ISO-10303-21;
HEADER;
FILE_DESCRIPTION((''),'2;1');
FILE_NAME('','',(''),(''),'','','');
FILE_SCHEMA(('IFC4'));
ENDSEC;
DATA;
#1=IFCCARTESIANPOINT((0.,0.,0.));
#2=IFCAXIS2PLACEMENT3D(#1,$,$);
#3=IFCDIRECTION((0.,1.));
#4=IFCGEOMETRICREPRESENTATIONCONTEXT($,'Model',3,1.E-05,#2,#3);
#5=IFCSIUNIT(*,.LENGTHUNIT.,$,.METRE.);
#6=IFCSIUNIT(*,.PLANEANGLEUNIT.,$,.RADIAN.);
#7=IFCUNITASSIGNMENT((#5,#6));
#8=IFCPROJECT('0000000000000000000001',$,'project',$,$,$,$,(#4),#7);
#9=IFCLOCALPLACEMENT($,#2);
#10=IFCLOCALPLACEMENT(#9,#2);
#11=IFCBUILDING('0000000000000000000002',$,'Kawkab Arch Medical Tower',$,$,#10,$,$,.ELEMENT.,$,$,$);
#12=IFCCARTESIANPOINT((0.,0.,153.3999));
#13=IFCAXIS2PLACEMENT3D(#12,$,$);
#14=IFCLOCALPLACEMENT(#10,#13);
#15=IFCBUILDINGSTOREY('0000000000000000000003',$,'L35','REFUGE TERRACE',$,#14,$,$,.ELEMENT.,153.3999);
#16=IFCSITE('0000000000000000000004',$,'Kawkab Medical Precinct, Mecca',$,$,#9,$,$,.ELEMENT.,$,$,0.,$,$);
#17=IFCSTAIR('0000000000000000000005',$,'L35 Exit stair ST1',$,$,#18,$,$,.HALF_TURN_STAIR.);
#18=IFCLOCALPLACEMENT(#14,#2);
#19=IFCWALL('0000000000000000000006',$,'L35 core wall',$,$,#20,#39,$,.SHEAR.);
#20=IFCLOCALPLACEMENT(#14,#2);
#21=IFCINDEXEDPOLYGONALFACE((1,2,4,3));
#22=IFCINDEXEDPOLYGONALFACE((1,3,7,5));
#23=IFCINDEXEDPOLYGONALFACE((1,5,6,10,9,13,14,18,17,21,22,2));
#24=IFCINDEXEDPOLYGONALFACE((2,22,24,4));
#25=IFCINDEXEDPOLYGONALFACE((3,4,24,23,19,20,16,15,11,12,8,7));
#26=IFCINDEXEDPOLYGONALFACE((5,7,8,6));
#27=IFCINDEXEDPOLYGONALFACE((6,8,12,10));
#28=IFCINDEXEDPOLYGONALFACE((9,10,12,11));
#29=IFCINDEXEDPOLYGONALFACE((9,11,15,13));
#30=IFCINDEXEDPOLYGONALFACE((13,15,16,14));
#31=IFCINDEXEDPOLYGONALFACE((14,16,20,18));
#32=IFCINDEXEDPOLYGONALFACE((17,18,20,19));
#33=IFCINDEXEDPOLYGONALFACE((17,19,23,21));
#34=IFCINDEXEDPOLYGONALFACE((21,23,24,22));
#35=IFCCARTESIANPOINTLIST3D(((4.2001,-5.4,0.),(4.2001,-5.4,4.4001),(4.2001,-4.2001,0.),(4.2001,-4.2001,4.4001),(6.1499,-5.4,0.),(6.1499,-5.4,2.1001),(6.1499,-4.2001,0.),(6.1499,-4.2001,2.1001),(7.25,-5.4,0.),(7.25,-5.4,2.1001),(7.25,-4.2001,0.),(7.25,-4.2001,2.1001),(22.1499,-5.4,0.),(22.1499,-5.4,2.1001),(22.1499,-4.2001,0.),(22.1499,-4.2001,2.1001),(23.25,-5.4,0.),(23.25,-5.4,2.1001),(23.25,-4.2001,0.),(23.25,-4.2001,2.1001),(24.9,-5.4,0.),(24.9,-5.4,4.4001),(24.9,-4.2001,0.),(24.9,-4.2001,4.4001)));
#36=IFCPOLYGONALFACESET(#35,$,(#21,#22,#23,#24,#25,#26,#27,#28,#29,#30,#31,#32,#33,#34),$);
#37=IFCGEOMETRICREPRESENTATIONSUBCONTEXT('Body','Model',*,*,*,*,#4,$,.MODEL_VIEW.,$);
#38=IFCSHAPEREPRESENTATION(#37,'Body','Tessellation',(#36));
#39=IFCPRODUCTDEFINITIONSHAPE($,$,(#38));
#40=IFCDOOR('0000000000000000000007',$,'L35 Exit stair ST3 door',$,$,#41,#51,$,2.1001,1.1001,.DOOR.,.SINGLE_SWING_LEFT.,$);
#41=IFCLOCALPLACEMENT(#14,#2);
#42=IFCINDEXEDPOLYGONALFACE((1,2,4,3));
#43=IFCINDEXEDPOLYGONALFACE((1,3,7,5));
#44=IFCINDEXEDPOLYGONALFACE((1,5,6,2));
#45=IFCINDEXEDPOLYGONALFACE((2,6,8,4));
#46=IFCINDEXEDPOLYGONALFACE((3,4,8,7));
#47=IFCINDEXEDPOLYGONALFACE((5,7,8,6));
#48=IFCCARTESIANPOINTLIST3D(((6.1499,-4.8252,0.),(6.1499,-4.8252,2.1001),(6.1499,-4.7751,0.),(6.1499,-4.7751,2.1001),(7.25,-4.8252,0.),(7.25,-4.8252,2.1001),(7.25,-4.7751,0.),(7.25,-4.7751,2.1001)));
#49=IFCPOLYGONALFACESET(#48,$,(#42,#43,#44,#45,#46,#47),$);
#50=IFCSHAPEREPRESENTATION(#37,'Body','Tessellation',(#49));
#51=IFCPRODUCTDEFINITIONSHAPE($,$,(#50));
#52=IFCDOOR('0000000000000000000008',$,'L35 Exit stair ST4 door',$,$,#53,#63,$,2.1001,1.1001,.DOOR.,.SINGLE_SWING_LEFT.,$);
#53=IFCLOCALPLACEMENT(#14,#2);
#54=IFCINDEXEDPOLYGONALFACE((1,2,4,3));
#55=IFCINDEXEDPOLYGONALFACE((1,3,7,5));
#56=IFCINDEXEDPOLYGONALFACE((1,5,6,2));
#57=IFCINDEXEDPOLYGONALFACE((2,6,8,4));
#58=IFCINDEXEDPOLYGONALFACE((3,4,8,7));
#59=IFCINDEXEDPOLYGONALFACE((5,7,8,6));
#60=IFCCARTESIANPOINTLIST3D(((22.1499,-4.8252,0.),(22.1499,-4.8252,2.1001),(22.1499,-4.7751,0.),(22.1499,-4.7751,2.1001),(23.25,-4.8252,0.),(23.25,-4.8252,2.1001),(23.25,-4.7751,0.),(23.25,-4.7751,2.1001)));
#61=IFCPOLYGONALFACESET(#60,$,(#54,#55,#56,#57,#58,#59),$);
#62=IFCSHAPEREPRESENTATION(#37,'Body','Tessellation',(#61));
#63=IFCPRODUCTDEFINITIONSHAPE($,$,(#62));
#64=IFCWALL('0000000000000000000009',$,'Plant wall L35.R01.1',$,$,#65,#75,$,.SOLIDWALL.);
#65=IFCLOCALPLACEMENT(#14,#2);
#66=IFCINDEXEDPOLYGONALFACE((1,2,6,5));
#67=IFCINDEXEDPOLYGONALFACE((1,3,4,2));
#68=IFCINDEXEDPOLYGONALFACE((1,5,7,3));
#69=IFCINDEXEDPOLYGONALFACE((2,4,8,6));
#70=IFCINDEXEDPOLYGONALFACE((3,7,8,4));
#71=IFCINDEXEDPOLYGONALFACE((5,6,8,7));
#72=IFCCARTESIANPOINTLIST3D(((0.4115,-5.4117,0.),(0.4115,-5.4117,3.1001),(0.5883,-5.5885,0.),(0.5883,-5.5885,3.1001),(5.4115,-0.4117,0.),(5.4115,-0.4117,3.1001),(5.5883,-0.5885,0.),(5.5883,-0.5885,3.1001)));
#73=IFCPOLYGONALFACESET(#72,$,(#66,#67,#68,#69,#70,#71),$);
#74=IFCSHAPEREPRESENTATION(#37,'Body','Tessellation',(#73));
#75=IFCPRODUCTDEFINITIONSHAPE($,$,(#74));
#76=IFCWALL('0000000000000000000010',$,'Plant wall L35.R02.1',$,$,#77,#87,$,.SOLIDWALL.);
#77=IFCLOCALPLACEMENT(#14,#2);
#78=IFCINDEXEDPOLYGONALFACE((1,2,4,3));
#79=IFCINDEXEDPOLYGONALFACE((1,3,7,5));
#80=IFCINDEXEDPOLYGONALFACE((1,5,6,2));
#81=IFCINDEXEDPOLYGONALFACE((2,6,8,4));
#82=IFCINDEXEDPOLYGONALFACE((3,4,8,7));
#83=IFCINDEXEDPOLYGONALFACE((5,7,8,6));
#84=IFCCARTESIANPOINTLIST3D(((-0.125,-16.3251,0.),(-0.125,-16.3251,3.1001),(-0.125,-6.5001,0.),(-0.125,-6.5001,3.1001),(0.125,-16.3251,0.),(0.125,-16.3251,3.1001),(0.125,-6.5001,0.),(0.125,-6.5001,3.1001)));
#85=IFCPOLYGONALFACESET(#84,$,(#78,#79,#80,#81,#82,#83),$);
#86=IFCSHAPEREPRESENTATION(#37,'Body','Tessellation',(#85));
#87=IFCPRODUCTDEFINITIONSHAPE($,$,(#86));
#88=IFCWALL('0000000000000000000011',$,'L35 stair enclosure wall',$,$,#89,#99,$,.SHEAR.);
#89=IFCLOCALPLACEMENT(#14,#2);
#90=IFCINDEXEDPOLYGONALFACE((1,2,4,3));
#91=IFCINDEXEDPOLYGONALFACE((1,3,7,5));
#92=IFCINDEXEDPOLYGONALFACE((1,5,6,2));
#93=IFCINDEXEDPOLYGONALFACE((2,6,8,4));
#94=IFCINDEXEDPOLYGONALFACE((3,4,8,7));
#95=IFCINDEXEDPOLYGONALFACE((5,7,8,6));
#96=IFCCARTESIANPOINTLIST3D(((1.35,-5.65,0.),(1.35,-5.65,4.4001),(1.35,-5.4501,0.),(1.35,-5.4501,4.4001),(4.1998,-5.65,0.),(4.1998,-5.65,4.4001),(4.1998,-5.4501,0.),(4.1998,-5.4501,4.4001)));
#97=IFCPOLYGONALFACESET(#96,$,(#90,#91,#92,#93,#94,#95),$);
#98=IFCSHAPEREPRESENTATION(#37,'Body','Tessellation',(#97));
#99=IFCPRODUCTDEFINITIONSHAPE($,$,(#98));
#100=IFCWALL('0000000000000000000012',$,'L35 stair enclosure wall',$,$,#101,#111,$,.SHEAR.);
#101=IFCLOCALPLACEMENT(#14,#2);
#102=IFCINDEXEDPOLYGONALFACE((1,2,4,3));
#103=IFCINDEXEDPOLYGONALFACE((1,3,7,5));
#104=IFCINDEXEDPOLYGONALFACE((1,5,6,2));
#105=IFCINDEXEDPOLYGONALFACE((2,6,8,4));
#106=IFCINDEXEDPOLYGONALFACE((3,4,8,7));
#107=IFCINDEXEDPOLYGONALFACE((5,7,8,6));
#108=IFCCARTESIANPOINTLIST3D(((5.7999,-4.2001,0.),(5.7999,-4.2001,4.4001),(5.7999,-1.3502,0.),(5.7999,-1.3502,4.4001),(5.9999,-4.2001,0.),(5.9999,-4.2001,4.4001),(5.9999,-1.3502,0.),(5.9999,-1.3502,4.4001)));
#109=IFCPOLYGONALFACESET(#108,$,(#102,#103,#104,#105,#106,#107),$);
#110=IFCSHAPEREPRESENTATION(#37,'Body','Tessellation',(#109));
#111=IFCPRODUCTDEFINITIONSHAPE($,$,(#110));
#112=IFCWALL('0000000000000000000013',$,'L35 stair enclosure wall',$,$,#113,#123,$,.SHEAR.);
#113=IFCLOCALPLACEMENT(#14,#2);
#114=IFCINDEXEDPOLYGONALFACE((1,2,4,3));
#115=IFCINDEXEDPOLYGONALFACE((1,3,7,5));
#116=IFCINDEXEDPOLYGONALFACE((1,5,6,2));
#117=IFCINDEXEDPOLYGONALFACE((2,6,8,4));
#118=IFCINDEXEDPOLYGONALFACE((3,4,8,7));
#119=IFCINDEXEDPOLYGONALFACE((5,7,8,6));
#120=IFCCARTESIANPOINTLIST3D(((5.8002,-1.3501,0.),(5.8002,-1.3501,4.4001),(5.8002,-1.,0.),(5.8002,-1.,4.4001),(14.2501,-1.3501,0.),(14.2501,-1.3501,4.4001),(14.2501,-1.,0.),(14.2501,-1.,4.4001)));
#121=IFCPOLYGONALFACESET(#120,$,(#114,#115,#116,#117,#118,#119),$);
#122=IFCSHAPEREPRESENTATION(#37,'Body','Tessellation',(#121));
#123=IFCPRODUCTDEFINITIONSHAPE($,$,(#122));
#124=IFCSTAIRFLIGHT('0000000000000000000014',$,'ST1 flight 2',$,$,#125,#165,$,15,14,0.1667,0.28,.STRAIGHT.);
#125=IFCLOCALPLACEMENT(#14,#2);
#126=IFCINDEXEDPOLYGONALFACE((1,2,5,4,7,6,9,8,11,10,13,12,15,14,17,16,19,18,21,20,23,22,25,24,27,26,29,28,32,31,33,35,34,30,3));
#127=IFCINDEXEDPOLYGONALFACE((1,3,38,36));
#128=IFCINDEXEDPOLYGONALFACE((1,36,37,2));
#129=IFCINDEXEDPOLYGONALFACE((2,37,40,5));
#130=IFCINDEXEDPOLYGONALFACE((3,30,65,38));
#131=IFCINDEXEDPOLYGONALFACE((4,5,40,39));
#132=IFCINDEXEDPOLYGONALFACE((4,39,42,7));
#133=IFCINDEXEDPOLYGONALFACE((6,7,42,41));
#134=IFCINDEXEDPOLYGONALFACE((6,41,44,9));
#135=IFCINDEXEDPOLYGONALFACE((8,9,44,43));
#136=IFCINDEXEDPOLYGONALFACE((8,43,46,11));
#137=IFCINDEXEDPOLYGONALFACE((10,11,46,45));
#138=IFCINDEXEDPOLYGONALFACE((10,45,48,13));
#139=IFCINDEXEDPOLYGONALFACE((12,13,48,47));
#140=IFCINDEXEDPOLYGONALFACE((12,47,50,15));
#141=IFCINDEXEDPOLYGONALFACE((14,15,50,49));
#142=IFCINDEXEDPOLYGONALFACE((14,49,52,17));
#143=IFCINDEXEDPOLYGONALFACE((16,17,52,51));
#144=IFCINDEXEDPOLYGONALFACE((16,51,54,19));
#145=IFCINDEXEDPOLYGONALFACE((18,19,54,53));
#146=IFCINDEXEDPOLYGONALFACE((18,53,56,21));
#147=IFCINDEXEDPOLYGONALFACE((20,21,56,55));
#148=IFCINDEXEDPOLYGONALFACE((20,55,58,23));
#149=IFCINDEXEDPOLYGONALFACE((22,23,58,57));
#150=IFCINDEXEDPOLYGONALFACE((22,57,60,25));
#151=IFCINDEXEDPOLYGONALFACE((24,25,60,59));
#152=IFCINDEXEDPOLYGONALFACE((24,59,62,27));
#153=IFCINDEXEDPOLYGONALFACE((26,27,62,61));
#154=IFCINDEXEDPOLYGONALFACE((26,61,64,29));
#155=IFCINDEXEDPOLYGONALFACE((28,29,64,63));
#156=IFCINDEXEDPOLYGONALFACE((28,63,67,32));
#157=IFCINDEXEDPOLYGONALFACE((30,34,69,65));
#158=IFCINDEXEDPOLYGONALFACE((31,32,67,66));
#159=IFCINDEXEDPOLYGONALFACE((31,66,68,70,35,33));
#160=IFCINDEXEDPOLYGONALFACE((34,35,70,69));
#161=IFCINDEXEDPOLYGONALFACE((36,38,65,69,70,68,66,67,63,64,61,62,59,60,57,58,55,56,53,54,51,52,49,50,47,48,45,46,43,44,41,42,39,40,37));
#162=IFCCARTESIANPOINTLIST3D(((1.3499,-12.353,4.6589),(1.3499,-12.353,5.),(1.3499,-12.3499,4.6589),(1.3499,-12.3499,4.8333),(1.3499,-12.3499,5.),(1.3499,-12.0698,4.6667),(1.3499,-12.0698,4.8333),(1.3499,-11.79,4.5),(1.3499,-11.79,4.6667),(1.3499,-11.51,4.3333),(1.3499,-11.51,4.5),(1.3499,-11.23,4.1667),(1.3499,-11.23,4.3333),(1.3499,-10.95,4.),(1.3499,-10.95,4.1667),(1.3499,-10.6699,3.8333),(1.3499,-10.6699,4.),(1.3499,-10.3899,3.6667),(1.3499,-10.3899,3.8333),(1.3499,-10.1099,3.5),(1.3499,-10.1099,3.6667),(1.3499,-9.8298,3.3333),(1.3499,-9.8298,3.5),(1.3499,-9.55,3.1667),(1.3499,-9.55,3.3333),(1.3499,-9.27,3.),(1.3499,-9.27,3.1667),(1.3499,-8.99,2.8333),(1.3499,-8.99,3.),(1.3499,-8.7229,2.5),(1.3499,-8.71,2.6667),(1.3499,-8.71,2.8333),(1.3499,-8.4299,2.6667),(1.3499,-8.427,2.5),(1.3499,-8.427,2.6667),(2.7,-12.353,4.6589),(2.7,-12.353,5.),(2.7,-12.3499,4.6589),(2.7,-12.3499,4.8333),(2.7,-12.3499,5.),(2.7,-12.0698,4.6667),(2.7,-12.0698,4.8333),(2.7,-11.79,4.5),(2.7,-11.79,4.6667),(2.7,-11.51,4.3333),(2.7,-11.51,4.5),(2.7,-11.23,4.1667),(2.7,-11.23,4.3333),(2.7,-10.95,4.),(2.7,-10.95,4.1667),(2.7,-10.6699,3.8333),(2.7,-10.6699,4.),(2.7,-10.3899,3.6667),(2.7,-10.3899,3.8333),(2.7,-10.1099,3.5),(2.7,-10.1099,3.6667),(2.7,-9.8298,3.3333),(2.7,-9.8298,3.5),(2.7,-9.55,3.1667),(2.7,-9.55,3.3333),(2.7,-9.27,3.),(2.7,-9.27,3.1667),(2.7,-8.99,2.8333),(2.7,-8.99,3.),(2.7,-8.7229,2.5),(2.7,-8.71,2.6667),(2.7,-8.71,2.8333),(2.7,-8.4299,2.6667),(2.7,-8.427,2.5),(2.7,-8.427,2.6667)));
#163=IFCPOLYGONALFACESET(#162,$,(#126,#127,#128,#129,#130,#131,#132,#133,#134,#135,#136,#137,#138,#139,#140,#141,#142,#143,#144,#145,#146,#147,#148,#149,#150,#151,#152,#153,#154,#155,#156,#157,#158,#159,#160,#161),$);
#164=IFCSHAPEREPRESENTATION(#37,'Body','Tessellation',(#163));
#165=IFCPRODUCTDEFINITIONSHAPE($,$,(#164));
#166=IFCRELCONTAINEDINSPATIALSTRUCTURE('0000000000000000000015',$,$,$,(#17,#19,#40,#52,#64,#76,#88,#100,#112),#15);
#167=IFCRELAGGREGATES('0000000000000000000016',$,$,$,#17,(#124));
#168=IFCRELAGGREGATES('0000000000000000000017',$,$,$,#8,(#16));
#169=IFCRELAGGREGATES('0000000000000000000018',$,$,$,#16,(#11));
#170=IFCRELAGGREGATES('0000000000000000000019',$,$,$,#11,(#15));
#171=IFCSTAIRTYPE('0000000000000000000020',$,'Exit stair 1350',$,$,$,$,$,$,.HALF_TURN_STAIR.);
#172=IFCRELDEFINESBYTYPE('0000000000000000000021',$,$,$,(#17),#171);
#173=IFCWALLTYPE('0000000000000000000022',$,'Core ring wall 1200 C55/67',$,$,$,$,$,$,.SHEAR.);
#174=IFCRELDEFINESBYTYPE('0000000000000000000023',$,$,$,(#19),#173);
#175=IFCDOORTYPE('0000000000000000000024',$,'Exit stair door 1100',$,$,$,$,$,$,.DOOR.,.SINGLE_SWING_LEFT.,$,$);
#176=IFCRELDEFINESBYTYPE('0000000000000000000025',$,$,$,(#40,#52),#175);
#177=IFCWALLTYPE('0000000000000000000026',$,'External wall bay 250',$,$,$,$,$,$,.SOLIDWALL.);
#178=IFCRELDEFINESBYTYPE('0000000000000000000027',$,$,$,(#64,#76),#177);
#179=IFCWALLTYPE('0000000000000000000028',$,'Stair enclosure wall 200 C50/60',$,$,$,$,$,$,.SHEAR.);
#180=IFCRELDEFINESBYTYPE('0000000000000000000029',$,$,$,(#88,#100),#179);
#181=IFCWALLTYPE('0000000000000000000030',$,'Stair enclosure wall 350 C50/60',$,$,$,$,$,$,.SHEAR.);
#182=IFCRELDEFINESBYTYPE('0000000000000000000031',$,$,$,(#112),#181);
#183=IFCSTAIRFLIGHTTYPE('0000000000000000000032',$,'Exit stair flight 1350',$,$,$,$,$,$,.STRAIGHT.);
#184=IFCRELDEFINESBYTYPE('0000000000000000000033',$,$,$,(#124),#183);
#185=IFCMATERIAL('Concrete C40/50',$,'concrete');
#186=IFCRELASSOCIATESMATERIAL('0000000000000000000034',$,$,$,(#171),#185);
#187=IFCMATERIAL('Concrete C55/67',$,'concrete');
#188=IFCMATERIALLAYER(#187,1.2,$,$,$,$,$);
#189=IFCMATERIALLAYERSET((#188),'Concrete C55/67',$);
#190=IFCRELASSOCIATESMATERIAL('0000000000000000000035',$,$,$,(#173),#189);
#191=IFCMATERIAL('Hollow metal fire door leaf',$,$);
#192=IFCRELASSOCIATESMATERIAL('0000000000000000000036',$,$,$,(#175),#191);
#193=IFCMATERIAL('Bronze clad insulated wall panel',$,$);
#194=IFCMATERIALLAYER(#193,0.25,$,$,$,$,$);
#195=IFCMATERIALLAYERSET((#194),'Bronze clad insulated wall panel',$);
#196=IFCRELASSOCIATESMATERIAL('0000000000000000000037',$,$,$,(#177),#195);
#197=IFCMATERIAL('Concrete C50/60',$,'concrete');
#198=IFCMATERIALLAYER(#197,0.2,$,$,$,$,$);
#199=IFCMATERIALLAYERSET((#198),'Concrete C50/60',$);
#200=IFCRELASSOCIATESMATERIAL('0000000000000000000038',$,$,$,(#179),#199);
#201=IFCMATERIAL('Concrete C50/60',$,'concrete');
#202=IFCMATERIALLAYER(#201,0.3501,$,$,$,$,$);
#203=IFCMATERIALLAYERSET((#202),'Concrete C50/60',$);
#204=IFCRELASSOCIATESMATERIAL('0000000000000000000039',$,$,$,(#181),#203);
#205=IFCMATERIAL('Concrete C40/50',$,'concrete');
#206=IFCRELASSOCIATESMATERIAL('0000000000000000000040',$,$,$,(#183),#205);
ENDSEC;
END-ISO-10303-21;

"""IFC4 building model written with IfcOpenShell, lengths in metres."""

from ifc_helpers import new_model, si_unit, direction, frame, frame_2d, origin, place, context, subcontext, project, spatial, polyline, rectangle, outline, extrude, material, layer, layer_set, type_object, element, fill, aggregate, save


model = new_model("IFC4")

# Units and contexts
model_context = context("Model", 3, precision=1e-05, world=origin(), true_north=direction((0.0, 1.0)))
body_context = subcontext(model_context, "Body", "Model", "MODEL_VIEW")
ifc_project = project(units=[si_unit("LENGTHUNIT", "METRE"), si_unit("PLANEANGLEUNIT", "RADIAN")], contexts=[model_context])

# Site, building, storey
site_placement = place(None, origin())
site = spatial("IfcSite", under=ifc_project, at=site_placement, Name="Kawkab Medical Precinct, Mecca", CompositionType="ELEMENT", RefElevation=0.0)
building_placement = place(site_placement, origin())
building = spatial("IfcBuilding", under=site, at=building_placement, Name="Kawkab Arch Medical Tower", CompositionType="ELEMENT")
storey_placement = place(building_placement, frame((0.0, 0.0, 153.3999)))
storey = spatial("IfcBuildingStorey", under=building, at=storey_placement, Name="L35", Description="REFUGE TERRACE", CompositionType="ELEMENT", Elevation=153.3999)

# Stair
ifc_material_1 = material(Name="Concrete C40/50", Category="concrete")
stair_type = type_object("IfcStairType", Name="Exit stair 1350", PredefinedType="HALF_TURN_STAIR", material=ifc_material_1)
placement_1 = place(storey_placement, origin())
stair_1 = element("IfcStair", 1, at=placement_1, inside=storey, type_object=stair_type, Name="L35 Exit stair ST1", PredefinedType="HALF_TURN_STAIR")

# Wall, openings, doors
ifc_material_2 = material(Name="Concrete C55/67", Category="concrete")
ifc_layer_1 = layer(ifc_material_2, 1.2)
ifc_layer_set_1 = layer_set([ifc_layer_1], Name="Concrete C55/67")
wall_type_1 = type_object("IfcWallType", Name="Core ring wall 1200 C55/67", PredefinedType="SHEAR", material=ifc_layer_set_1)
wall_1_placement = place(storey_placement, frame((4.2, -4.8, 0.0), z_axis=(0.0, 0.0, 1.0), x_axis=(1.0, 0.0, 0.0)))
wall_1 = element("IfcWall", 2, at=wall_1_placement, inside=storey, type_object=wall_type_1, Name="L35 core wall", PredefinedType="SHEAR", context=body_context, shape_type="SweptSolid", body=[
    extrude(rectangle(XDim=20.7, YDim=1.2, at=frame_2d((10.3501, 0.0))), origin(), (0.0, 0.0, 1.0), 4.4001),
])
opening_1_placement = place(wall_1_placement, frame((1.95, 0.0, 0.0)))
opening_1 = element("IfcOpeningElement", 3, at=opening_1_placement, cuts=wall_1, PredefinedType="OPENING", context=body_context, shape_type="SweptSolid", body=[
    extrude(rectangle(XDim=1.1001, YDim=2.1001, at=frame_2d((0.55, 1.05))), frame((0.0, 0.6099, 0.0), z_axis=(0.0, -1.0, 0.0), x_axis=(1.0, 0.0, 0.0)), (0.0, 0.0, 1.0), 1.22),
])
opening_2_placement = place(wall_1_placement, frame((17.95, 0.0, 0.0)))
opening_2 = element("IfcOpeningElement", 4, at=opening_2_placement, cuts=wall_1, PredefinedType="OPENING", context=body_context, shape_type="SweptSolid", body=[
    extrude(rectangle(XDim=1.1001, YDim=2.1001, at=frame_2d((0.55, 1.05))), frame((0.0, 0.6099, 0.0), z_axis=(0.0, -1.0, 0.0), x_axis=(1.0, 0.0, 0.0)), (0.0, 0.0, 1.0), 1.22),
])
ifc_material_3 = material(Name="Hollow metal fire door leaf")
door_type = type_object("IfcDoorType", Name="Exit stair door 1100", OperationType="SINGLE_SWING_LEFT", PredefinedType="DOOR", material=ifc_material_3)
door_1_placement = place(opening_1_placement, origin())
door_1 = element("IfcDoor", 5, at=door_1_placement, inside=storey, type_object=door_type, Name="L35 Exit stair ST3 door", OperationType="SINGLE_SWING_LEFT", OverallHeight=2.1001, OverallWidth=1.1001, PredefinedType="DOOR", context=body_context, shape_type="SweptSolid", body=[
    extrude(rectangle(XDim=1.1001, YDim=2.1001, at=frame_2d((0.55, 1.05))), frame((0.0, 0.0249, 0.0), z_axis=(0.0, -1.0, 0.0), x_axis=(1.0, 0.0, 0.0)), (0.0, 0.0, 1.0), 0.05),
])
fill(opening_1, door_1)
door_2_placement = place(opening_2_placement, origin())
door_2 = element("IfcDoor", 6, at=door_2_placement, inside=storey, type_object=door_type, Name="L35 Exit stair ST4 door", OperationType="SINGLE_SWING_LEFT", OverallHeight=2.1001, OverallWidth=1.1001, PredefinedType="DOOR", context=body_context, shape_type="SweptSolid", body=[
    extrude(rectangle(XDim=1.1001, YDim=2.1001, at=frame_2d((0.55, 1.05))), frame((0.0, 0.0249, 0.0), z_axis=(0.0, -1.0, 0.0), x_axis=(1.0, 0.0, 0.0)), (0.0, 0.0, 1.0), 0.05),
])
fill(opening_2, door_2)

# Walls
ifc_material_4 = material(Name="Bronze clad insulated wall panel")
ifc_layer_2 = layer(ifc_material_4, 0.25)
ifc_layer_set_2 = layer_set([ifc_layer_2], Name="Bronze clad insulated wall panel")
wall_type_2 = type_object("IfcWallType", Name="External wall bay 250", PredefinedType="SOLIDWALL", material=ifc_layer_set_2)
wall_2_placement = place(storey_placement, frame((5.5, -0.5, 0.0), z_axis=(0.0, 0.0, 1.0), x_axis=(-0.707107, -0.707107, 0.0)))
element("IfcWall", 7, at=wall_2_placement, inside=storey, type_object=wall_type_2, Name="Plant wall L35.R01.1", PredefinedType="SOLIDWALL", context=body_context, shape_type="SweptSolid", body=[
    extrude(rectangle(XDim=7.071, YDim=0.25, at=frame_2d((3.5356, 0.0))), origin(), (0.0, 0.0, 1.0), 3.1001),
])
wall_3_placement = place(storey_placement, frame((0.0, -6.5, 0.0), z_axis=(0.0, 0.0, 1.0), x_axis=(0.0, -1.0, 0.0)))
element("IfcWall", 8, at=wall_3_placement, inside=storey, type_object=wall_type_2, Name="Plant wall L35.R02.1", PredefinedType="SOLIDWALL", context=body_context, shape_type="SweptSolid", body=[
    extrude(rectangle(XDim=9.825, YDim=0.25, at=frame_2d((4.9126, 0.0))), origin(), (0.0, 0.0, 1.0), 3.1001),
])
ifc_material_5 = material(Name="Concrete C50/60", Category="concrete")
ifc_layer_3 = layer(ifc_material_5, 0.2)
ifc_layer_set_3 = layer_set([ifc_layer_3], Name="Concrete C50/60")
wall_type_3 = type_object("IfcWallType", Name="Stair enclosure wall 200 C50/60", PredefinedType="SHEAR", material=ifc_layer_set_3)
for number, where, z_axis, x_axis, name in (
    (9, (1.3501, -5.55, 0.0), (0.0, 0.0, 1.0), (1.0, 0.0, 0.0), "L35 stair enclosure wall"),
    (10, (5.8999, -4.2, 0.0), (0.0, 0.0, 1.0), (0.0, 1.0, 0.0), "L35 stair enclosure wall"),
):
    element("IfcWall", number, at=place(storey_placement, frame(where, z_axis=z_axis, x_axis=x_axis)), inside=storey, type_object=wall_type_3, Name=name, PredefinedType="SHEAR", context=body_context, shape_type="SweptSolid", body=[
        extrude(rectangle(XDim=2.8499, YDim=0.2, at=frame_2d((1.4248, 0.0))), origin(), (0.0, 0.0, 1.0), 4.4001),
    ])
ifc_material_6 = material(Name="Concrete C50/60", Category="concrete")
ifc_layer_4 = layer(ifc_material_6, 0.3501)
ifc_layer_set_4 = layer_set([ifc_layer_4], Name="Concrete C50/60")
wall_type_4 = type_object("IfcWallType", Name="Stair enclosure wall 350 C50/60", PredefinedType="SHEAR", material=ifc_layer_set_4)
wall_4_placement = place(storey_placement, frame((5.8, -1.175, 0.0), z_axis=(0.0, 0.0, 1.0), x_axis=(1.0, 0.0, 0.0)))
element("IfcWall", 11, at=wall_4_placement, inside=storey, type_object=wall_type_4, Name="L35 stair enclosure wall", PredefinedType="SHEAR", context=body_context, shape_type="SweptSolid", body=[
    extrude(rectangle(XDim=8.45, YDim=0.3501, at=frame_2d((4.2251, 0.0))), origin(), (0.0, 0.0, 1.0), 4.4001),
])

# Stair flight
ifc_material_7 = material(Name="Concrete C40/50", Category="concrete")
stair_flight_type = type_object("IfcStairFlightType", Name="Exit stair flight 1350", PredefinedType="STRAIGHT", material=ifc_material_7)
stair_flight_placement = place(storey_placement, frame((2.0249, -8.4299, 2.5), z_axis=(0.0, 0.0, 1.0), x_axis=(0.0, -1.0, 0.0)))
stair_flight = element("IfcStairFlight", 12, at=stair_flight_placement, type_object=stair_flight_type, Name="ST1 flight 2", NumberOfRisers=15, NumberOfTreads=14, PredefinedType="STRAIGHT", RiserHeight=0.1667, TreadLength=0.28, context=body_context, shape_type="SweptSolid", body=[
    extrude(outline(polyline([(-0.0029, 0.0), (-0.0029, 0.1667), (0.0, 0.1667), (0.28, 0.1667), (0.28, 0.3333), (0.5601, 0.3333), (0.5601, 0.5), (0.8401, 0.5), (0.8401, 0.6667), (1.1201, 0.6667), (1.1201, 0.8333), (1.3999, 0.8333), (1.3999, 1.0), (1.6799, 1.0), (1.6799, 1.1667), (1.96, 1.1667), (1.96, 1.3333), (2.24, 1.3333), (2.24, 1.5), (2.52, 1.5), (2.52, 1.6667), (2.8, 1.6667), (2.8, 1.8333), (3.0801, 1.8333), (3.0801, 2.0), (3.3601, 2.0), (3.3601, 2.1667), (3.6399, 2.1667), (3.6399, 2.3333), (3.9199, 2.3333), (3.9199, 2.5), (3.9231, 2.5), (3.9231, 2.1589), (3.9199, 2.1589), (0.293, 0.0), (-0.0029, 0.0)])), frame((0.0, 0.675, 0.0), z_axis=(0.0, -1.0, 0.0), x_axis=(1.0, 0.0, 0.0)), (0.0, 0.0, 1.0), 1.3501),
])
aggregate(stair_1, [stair_flight])

save(model, "model.ifc")
